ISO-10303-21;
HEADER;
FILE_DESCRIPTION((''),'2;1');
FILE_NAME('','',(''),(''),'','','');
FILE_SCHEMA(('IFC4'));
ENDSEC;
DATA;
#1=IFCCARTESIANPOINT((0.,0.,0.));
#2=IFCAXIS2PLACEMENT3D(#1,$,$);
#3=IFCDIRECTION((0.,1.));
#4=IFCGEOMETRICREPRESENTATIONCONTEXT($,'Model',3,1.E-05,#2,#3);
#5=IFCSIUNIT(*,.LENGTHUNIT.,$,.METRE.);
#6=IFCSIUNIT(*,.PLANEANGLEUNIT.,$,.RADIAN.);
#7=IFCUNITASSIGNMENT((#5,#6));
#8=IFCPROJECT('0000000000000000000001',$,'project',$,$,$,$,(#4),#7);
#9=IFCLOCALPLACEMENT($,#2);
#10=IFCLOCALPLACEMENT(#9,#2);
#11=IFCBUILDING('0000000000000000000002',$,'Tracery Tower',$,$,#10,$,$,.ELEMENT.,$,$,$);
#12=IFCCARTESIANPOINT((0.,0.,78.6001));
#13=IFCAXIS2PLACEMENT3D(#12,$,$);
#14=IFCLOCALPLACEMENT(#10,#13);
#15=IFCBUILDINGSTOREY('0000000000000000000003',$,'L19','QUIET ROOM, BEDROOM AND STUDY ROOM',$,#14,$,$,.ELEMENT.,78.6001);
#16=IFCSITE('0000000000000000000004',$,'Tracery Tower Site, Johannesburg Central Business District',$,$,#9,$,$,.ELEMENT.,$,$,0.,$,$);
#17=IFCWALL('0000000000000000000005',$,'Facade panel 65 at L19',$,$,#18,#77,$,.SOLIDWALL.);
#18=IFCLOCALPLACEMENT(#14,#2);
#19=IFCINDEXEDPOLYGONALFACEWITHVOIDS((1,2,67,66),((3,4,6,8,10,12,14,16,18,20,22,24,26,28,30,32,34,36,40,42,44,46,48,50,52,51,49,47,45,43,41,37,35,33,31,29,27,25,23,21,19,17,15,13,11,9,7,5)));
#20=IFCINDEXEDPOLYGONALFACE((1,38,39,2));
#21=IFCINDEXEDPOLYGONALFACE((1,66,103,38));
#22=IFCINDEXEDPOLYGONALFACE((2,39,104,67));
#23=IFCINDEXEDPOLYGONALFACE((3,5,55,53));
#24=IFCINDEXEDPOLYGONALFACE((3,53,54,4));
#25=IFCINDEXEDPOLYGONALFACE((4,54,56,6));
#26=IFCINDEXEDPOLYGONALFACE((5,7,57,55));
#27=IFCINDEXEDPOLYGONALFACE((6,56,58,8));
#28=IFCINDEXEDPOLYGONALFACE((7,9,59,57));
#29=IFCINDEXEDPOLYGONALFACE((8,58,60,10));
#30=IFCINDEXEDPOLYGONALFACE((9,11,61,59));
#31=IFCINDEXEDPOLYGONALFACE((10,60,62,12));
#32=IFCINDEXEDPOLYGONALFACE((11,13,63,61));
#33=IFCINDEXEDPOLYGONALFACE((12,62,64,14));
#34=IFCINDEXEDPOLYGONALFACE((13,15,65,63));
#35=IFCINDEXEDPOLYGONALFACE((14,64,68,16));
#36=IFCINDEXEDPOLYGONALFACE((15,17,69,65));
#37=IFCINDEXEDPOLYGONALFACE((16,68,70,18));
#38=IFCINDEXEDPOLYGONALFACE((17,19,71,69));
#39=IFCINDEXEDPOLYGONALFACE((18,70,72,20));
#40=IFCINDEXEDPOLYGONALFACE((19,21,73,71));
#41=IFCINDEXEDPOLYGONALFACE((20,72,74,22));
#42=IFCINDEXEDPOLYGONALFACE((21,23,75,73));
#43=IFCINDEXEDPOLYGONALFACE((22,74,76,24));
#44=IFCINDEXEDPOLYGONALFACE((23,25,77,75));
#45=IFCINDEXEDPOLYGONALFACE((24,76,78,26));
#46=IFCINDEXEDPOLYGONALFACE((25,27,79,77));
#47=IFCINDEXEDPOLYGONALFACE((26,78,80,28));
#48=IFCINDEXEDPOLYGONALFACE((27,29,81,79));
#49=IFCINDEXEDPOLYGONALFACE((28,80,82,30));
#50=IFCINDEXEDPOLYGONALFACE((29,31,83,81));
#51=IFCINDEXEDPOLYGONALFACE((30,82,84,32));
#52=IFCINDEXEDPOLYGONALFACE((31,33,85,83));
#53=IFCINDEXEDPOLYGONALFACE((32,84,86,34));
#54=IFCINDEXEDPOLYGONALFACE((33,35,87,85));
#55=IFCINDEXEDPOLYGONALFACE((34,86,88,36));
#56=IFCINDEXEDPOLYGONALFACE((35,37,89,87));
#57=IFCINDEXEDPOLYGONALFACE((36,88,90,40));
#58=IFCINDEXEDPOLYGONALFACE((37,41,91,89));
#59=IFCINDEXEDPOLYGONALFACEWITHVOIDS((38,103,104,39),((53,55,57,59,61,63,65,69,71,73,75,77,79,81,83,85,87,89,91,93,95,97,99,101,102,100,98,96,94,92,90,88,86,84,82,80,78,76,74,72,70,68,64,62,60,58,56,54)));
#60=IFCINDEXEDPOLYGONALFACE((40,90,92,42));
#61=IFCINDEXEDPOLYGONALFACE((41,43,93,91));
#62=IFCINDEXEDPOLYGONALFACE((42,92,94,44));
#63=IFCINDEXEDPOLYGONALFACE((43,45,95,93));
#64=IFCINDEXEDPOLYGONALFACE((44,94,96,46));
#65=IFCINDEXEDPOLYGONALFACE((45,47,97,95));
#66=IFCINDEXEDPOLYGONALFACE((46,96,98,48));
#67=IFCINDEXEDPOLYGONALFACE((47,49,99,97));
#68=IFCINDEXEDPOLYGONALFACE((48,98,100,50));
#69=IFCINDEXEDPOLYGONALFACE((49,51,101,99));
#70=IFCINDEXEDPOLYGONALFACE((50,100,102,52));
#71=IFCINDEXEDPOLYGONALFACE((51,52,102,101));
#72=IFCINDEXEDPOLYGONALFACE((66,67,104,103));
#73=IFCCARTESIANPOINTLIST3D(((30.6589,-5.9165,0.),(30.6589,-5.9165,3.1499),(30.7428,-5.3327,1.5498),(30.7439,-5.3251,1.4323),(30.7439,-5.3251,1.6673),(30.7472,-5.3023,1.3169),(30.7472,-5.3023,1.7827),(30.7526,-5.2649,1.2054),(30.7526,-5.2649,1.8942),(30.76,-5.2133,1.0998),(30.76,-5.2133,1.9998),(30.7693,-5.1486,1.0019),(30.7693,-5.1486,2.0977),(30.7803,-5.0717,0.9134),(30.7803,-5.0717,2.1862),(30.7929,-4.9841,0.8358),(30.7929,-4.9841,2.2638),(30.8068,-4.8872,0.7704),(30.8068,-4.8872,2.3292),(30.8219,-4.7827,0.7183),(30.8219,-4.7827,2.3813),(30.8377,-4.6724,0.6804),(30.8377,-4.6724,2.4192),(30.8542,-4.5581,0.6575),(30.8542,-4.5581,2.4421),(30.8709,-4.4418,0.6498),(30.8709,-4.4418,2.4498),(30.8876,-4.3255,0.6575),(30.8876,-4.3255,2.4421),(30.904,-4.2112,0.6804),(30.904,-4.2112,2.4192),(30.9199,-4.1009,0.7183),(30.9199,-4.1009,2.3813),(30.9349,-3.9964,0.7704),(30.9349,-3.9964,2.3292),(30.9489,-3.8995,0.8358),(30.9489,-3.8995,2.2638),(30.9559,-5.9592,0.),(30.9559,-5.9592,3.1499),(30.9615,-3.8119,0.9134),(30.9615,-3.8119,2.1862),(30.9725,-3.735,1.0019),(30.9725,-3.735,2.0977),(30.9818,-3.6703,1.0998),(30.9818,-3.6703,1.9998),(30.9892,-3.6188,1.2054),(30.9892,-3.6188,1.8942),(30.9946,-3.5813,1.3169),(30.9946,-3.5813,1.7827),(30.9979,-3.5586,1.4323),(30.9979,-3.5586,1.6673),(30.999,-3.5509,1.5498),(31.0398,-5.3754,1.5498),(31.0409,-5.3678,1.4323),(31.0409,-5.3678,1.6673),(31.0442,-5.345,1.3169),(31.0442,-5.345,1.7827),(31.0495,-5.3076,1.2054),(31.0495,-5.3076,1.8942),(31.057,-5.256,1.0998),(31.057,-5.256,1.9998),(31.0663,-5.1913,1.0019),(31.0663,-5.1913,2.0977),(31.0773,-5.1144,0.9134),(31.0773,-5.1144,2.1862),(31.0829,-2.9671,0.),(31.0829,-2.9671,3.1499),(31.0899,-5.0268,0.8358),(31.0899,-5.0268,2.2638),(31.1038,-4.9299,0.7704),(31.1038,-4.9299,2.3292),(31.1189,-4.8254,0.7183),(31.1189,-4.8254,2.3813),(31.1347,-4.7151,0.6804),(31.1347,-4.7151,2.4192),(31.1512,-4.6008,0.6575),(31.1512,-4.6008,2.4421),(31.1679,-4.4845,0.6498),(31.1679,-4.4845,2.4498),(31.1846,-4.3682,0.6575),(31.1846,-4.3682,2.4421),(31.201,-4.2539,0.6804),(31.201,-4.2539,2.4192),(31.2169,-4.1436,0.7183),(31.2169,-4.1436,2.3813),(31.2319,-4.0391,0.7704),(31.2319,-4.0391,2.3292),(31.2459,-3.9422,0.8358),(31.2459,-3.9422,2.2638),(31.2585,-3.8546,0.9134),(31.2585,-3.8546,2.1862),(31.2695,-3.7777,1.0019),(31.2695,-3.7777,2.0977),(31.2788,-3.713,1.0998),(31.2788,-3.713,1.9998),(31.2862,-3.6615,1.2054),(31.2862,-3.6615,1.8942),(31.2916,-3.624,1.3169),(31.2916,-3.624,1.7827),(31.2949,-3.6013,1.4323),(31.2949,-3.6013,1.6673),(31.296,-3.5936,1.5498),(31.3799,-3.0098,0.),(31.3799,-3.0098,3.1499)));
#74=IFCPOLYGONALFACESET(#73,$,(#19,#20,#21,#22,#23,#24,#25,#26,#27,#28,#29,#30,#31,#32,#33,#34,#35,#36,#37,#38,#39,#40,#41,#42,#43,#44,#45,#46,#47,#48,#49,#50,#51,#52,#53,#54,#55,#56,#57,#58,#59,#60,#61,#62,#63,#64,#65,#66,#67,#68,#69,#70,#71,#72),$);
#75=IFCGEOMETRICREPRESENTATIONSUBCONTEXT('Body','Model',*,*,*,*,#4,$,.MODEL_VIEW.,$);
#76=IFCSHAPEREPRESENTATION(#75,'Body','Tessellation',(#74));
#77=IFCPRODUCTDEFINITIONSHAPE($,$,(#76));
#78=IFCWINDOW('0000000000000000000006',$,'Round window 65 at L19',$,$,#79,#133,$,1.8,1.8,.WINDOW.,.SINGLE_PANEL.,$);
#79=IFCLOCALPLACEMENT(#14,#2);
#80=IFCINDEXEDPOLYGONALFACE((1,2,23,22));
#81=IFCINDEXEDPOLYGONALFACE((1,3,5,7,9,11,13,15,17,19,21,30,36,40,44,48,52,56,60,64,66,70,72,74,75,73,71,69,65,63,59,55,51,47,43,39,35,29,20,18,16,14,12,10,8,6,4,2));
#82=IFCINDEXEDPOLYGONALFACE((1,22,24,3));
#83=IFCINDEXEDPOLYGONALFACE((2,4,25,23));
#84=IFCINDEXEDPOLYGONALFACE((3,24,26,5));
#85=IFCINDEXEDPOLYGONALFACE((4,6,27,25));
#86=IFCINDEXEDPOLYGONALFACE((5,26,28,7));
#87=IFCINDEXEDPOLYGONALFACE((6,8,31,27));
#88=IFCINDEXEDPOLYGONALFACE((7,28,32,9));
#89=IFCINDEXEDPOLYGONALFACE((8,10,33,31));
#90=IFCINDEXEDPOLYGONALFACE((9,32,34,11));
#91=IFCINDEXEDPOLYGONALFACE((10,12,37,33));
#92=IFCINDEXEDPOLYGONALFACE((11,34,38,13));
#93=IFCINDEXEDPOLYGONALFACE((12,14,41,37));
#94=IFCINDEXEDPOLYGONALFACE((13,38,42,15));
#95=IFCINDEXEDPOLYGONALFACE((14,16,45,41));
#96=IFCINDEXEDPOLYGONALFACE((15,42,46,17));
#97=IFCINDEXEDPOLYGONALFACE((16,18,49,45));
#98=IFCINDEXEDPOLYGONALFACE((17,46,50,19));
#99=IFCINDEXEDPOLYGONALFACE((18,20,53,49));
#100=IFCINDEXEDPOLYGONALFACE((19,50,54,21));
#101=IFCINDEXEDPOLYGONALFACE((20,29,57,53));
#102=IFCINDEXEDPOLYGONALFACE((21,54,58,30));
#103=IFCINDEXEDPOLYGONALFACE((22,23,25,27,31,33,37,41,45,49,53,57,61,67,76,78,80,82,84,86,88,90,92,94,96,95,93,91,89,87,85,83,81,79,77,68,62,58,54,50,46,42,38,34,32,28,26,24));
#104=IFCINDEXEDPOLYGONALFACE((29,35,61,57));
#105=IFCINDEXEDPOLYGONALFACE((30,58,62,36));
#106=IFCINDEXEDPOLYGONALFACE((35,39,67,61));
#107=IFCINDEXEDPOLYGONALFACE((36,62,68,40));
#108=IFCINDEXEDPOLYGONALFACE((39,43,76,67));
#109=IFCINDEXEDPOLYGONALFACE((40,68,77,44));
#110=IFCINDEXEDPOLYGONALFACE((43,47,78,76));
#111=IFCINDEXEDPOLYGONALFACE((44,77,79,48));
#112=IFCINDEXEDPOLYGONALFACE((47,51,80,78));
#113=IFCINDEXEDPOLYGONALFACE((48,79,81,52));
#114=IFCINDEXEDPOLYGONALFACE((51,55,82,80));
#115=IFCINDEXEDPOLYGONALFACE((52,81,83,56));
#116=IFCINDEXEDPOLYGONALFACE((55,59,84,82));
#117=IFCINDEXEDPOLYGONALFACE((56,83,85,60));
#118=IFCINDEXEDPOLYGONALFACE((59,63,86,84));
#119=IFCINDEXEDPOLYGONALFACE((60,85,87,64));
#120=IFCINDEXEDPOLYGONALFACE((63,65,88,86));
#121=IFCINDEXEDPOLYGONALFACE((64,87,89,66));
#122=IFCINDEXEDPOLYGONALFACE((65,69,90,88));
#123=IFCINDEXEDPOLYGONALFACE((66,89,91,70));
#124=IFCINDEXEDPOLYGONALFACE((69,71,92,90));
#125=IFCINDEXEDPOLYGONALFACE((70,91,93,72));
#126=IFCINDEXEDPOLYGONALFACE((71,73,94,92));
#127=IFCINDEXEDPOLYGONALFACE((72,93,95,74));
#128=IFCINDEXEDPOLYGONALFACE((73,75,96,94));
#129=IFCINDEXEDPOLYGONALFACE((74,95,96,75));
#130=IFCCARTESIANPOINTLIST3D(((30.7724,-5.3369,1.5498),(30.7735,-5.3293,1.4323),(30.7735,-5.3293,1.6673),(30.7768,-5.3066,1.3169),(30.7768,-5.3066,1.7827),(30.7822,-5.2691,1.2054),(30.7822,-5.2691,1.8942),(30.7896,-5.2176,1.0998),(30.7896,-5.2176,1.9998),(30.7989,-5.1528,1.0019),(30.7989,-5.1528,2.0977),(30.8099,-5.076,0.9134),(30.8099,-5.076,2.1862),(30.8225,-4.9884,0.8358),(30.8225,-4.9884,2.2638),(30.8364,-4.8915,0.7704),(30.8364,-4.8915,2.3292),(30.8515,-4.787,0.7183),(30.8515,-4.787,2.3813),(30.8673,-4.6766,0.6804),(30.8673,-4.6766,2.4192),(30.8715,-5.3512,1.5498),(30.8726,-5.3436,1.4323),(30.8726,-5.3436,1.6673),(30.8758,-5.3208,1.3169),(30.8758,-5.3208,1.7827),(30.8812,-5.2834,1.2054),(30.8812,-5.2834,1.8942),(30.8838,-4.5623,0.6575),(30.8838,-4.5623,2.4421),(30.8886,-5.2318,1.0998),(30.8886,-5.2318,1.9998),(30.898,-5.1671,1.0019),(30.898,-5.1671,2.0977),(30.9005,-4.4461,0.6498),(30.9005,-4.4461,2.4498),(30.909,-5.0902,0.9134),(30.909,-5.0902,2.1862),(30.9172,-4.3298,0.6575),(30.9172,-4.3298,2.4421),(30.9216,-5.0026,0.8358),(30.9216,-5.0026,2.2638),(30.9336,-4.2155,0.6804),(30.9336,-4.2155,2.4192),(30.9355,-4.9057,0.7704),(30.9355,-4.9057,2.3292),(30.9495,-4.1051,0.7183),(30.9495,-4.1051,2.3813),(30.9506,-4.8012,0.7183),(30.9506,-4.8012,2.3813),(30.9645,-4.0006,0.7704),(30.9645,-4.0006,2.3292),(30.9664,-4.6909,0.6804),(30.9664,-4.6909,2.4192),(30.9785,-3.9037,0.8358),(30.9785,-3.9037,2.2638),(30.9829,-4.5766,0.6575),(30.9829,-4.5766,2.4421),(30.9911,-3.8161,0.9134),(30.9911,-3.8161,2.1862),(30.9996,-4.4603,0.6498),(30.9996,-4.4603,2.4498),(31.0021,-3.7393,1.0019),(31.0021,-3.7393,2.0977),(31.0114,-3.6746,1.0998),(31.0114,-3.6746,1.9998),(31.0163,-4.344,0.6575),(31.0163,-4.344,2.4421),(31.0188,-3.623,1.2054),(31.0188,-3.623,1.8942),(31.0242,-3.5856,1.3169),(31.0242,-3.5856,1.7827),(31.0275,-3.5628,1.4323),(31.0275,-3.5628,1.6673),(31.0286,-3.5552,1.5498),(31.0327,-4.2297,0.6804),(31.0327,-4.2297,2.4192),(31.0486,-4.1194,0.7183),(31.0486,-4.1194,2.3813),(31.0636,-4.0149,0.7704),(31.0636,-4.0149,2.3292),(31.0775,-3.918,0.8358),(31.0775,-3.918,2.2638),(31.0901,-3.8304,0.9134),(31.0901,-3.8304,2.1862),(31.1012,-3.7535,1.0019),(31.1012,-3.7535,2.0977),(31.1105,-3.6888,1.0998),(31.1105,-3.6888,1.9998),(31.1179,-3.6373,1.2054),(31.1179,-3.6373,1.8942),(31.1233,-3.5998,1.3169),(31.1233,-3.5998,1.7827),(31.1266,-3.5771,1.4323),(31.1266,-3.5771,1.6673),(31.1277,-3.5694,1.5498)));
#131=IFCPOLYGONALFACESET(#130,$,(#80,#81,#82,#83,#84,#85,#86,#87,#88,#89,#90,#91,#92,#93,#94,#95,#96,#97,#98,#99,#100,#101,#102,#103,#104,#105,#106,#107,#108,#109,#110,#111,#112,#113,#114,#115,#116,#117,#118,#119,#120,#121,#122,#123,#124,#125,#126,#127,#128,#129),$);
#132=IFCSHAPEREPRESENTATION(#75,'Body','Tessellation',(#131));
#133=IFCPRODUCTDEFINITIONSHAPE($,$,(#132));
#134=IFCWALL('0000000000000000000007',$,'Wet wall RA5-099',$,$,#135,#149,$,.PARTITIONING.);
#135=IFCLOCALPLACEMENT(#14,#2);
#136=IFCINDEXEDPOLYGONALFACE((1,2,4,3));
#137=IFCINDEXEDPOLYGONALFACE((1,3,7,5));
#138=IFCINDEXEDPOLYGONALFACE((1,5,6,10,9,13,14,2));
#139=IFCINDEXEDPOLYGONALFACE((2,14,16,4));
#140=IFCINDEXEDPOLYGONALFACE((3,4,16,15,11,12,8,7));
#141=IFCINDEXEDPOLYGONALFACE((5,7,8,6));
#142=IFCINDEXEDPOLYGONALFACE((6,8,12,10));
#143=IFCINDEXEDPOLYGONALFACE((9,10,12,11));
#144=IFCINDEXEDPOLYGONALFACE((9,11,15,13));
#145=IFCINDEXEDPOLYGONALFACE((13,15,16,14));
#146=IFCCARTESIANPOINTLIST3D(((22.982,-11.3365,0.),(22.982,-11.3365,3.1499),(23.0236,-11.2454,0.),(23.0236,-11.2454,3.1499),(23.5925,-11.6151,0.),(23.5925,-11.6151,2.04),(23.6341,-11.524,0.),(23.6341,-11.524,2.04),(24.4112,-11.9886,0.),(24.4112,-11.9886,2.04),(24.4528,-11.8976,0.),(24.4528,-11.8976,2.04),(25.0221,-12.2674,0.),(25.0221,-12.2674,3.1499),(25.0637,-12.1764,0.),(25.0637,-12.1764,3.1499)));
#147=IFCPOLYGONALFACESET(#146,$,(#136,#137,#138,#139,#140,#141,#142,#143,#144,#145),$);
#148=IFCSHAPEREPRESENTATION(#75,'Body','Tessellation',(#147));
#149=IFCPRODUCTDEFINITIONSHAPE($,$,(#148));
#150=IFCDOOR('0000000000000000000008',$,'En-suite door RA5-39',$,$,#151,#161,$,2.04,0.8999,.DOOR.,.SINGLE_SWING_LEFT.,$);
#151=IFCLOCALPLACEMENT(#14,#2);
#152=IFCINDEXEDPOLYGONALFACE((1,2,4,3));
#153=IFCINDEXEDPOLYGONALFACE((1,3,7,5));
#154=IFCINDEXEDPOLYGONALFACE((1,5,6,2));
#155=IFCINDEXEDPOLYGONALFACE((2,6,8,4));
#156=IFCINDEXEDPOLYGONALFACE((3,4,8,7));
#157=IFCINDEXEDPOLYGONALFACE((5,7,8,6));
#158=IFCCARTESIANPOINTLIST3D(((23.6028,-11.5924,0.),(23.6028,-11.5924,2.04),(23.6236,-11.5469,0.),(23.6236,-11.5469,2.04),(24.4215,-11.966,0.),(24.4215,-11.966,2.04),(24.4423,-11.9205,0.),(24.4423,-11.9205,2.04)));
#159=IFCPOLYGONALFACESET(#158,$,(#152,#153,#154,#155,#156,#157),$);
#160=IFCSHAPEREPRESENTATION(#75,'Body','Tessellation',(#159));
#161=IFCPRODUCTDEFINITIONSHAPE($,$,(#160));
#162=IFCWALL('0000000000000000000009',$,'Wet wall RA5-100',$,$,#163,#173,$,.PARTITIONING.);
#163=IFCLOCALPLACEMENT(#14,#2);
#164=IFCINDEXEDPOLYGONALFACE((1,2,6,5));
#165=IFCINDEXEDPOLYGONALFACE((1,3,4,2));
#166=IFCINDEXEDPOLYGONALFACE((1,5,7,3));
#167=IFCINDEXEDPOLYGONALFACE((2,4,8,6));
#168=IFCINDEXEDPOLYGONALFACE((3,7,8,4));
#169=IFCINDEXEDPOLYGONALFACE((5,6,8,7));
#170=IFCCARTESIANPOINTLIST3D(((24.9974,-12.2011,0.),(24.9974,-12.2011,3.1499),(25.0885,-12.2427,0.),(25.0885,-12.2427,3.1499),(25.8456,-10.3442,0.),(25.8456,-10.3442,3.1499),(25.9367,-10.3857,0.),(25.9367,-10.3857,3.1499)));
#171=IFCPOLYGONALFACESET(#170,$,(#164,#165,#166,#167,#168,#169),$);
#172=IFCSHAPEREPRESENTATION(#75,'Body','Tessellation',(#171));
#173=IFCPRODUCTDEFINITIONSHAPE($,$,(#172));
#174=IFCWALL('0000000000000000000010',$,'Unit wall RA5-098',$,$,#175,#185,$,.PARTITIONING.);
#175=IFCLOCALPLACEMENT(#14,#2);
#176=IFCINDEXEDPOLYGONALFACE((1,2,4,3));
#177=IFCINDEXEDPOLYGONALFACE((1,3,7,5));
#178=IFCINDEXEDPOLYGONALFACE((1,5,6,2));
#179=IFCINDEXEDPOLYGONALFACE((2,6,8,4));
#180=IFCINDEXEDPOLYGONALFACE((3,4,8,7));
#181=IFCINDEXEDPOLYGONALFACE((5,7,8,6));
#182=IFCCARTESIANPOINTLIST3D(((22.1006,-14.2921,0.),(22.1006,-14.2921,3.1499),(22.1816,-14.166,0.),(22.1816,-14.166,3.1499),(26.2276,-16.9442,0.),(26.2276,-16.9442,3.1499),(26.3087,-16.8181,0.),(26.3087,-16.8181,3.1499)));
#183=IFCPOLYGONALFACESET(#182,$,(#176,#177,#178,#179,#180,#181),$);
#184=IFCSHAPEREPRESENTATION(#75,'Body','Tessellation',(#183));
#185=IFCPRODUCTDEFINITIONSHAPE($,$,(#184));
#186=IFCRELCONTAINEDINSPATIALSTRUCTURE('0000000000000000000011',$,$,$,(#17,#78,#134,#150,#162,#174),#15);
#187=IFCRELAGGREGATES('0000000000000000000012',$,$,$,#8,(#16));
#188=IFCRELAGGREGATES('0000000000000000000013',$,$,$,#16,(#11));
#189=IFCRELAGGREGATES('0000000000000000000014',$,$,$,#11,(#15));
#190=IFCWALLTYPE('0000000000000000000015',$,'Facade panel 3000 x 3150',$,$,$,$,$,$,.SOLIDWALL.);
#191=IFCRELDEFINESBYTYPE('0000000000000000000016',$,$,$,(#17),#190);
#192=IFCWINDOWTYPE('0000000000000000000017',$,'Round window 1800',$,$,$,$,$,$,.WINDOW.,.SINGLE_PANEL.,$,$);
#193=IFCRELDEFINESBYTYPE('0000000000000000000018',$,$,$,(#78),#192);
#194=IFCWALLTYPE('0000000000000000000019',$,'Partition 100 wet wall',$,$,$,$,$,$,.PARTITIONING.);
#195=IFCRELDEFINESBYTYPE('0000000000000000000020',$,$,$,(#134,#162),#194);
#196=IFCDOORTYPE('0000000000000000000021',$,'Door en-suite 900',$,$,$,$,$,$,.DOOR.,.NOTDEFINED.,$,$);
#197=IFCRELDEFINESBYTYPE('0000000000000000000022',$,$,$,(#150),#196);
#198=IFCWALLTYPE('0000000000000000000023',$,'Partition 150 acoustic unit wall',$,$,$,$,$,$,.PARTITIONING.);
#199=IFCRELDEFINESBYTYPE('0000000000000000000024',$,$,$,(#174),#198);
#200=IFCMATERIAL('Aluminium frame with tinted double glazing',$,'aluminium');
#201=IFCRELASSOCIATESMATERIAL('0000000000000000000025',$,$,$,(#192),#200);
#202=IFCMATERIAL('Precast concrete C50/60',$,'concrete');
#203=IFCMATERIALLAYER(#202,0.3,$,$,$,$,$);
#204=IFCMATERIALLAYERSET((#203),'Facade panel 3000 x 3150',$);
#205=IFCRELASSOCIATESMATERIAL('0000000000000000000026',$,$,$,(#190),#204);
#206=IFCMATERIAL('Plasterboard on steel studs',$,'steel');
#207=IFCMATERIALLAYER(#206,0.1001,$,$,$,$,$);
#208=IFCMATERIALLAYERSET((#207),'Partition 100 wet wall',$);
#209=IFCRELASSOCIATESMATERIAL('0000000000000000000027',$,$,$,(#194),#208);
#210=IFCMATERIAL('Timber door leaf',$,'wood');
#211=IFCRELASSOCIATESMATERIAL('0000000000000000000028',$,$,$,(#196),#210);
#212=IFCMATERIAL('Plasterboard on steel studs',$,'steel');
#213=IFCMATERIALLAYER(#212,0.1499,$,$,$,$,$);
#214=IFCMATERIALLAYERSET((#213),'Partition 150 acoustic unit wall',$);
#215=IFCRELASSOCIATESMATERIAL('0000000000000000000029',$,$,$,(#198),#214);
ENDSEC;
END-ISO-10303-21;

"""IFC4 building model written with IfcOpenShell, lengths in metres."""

from ifc_helpers import new_model, si_unit, direction, frame, frame_2d, origin, origin_2d, place, context, subcontext, project, spatial, rectangle, circle, extrude, material, layer, layer_set, type_object, element, fill, save


model = new_model("IFC4")

# Units and contexts
model_context = context("Model", 3, precision=1e-05, world=origin(), true_north=direction((0.0, 1.0)))
body_context = subcontext(model_context, "Body", "Model", "MODEL_VIEW")
ifc_project = project(units=[si_unit("LENGTHUNIT", "METRE"), si_unit("PLANEANGLEUNIT", "RADIAN")], contexts=[model_context])

# Site, building, storey
site_placement = place(None, origin())
site = spatial("IfcSite", under=ifc_project, at=site_placement, Name="Tracery Tower Site, Johannesburg Central Business District", CompositionType="ELEMENT", RefElevation=0.0)
building_placement = place(site_placement, origin())
building = spatial("IfcBuilding", under=site, at=building_placement, Name="Tracery Tower", CompositionType="ELEMENT")
storey_placement = place(building_placement, frame((0.0, 0.0, 78.6001)))
storey = spatial("IfcBuildingStorey", under=building, at=storey_placement, Name="L19", Description="QUIET ROOM, BEDROOM AND STUDY ROOM", CompositionType="ELEMENT", Elevation=78.6001)

# Wall, opening, window
ifc_material_1 = material(Name="Aluminium frame with tinted double glazing", Category="aluminium")
window_type = type_object("IfcWindowType", Name="Round window 1800", PartitioningType="SINGLE_PANEL", PredefinedType="WINDOW", material=ifc_material_1)
ifc_material_2 = material(Name="Precast concrete C50/60", Category="concrete")
ifc_layer_1 = layer(ifc_material_2, 0.3)
ifc_layer_set_1 = layer_set([ifc_layer_1], Name="Facade panel 3000 x 3150")
wall_type_1 = type_object("IfcWallType", Name="Facade panel 3000 x 3150", PredefinedType="SOLIDWALL", material=ifc_layer_set_1)
wall_1_placement = place(storey_placement, frame((30.8074, -5.9377, 0.0), z_axis=(0.0, 0.0, 1.0), x_axis=(0.142316, 0.989821, 0.0)))
wall_1 = element("IfcWall", 1, at=wall_1_placement, inside=storey, type_object=wall_type_1, Name="Facade panel 65 at L19", PredefinedType="SOLIDWALL", context=body_context, shape_type="SweptSolid", body=[
    extrude(rectangle(XDim=2.9797, YDim=0.3, at=frame_2d((1.4897, 0.0))), origin(), (0.0, 0.0, 1.0), 3.1499),
])
opening_1_placement = place(wall_1_placement, frame((1.4897, 0.0, 1.5498)))
opening_1 = element("IfcOpeningElement", 2, at=opening_1_placement, cuts=wall_1, PredefinedType="OPENING", context=body_context, shape_type="SweptSolid", body=[
    extrude(circle(Radius=0.9, at=origin_2d()), frame((0.0, 0.1599, 0.0), z_axis=(0.0, -1.0, 0.0), x_axis=(1.0, 0.0, 0.0)), (0.0, 0.0, 1.0), 0.3201),
])
window_1_placement = place(opening_1_placement, origin())
window_1 = element("IfcWindow", 3, at=window_1_placement, inside=storey, type_object=window_type, Name="Round window 65 at L19", OverallHeight=1.8, OverallWidth=1.8, PartitioningType="SINGLE_PANEL", PredefinedType="WINDOW", context=body_context, shape_type="SweptSolid", body=[
    extrude(circle(Radius=0.9, at=origin_2d()), frame((0.0, 0.1201, 0.0), z_axis=(0.0, -1.0, 0.0), x_axis=(1.0, 0.0, 0.0)), (0.0, 0.0, 1.0), 0.1001),
])
fill(opening_1, window_1)

# Wall, opening, door
ifc_material_3 = material(Name="Plasterboard on steel studs", Category="steel")
ifc_layer_2 = layer(ifc_material_3, 0.1001)
ifc_layer_set_2 = layer_set([ifc_layer_2], Name="Partition 100 wet wall")
wall_type_2 = type_object("IfcWallType", Name="Partition 100 wet wall", PredefinedType="PARTITIONING", material=ifc_layer_set_2)
wall_2_placement = place(storey_placement, frame((23.0029, -11.291, 0.0), z_axis=(0.0, 0.0, 1.0), x_axis=(0.909758, -0.41514, 0.0)))
wall_2 = element("IfcWall", 4, at=wall_2_placement, inside=storey, type_object=wall_type_2, Name="Wet wall RA5-099", PredefinedType="PARTITIONING", context=body_context, shape_type="SweptSolid", body=[
    extrude(rectangle(XDim=2.2424, YDim=0.1001, at=frame_2d((1.1211, 0.0))), origin(), (0.0, 0.0, 1.0), 3.1499),
])
opening_2_placement = place(wall_2_placement, frame((0.6709, 0.0, 0.0)))
opening_2 = element("IfcOpeningElement", 5, at=opening_2_placement, cuts=wall_2, PredefinedType="OPENING", context=body_context, shape_type="SweptSolid", body=[
    extrude(rectangle(XDim=0.8999, YDim=2.04, at=frame_2d((0.45, 1.02))), frame((0.0, 0.05, 0.0), z_axis=(0.0, -1.0, 0.0), x_axis=(1.0, 0.0, 0.0)), (0.0, 0.0, 1.0), 0.1001),
])
ifc_material_4 = material(Name="Timber door leaf", Category="wood")
door_type_1 = type_object("IfcDoorType", Name="Door en-suite 900", OperationType="NOTDEFINED", PredefinedType="DOOR", material=ifc_material_4)
door_1_placement = place(opening_2_placement, origin())
door_1 = element("IfcDoor", 6, at=door_1_placement, inside=storey, type_object=door_type_1, Name="En-suite door RA5-39", OperationType="SINGLE_SWING_LEFT", OverallHeight=2.04, OverallWidth=0.8999, PredefinedType="DOOR", context=body_context, shape_type="SweptSolid", body=[
    extrude(rectangle(XDim=0.8999, YDim=2.04, at=frame_2d((0.45, 1.02))), frame((0.0, 0.0249, 0.0), z_axis=(0.0, -1.0, 0.0), x_axis=(1.0, 0.0, 0.0)), (0.0, 0.0, 1.0), 0.05),
])
fill(opening_2, door_1)

# Walls
wall_3_placement = place(storey_placement, frame((25.043, -12.2219, 0.0), z_axis=(0.0, 0.0, 1.0), x_axis=(0.41546, 0.909611, 0.0)))
element("IfcWall", 7, at=wall_3_placement, inside=storey, type_object=wall_type_2, Name="Wet wall RA5-100", PredefinedType="PARTITIONING", context=body_context, shape_type="SweptSolid", body=[
    extrude(rectangle(XDim=2.0415, YDim=0.1001, at=frame_2d((1.0208, 0.0))), origin(), (0.0, 0.0, 1.0), 3.1499),
])
ifc_material_5 = material(Name="Plasterboard on steel studs", Category="steel")
ifc_layer_3 = layer(ifc_material_5, 0.1499)
ifc_layer_set_3 = layer_set([ifc_layer_3], Name="Partition 150 acoustic unit wall")
wall_type_3 = type_object("IfcWallType", Name="Partition 150 acoustic unit wall", PredefinedType="PARTITIONING", material=ifc_layer_set_3)
wall_4_placement = place(storey_placement, frame((22.1411, -14.229, 0.0), z_axis=(0.0, 0.0, 1.0), x_axis=(0.841266, -0.540622, 0.0)))
element("IfcWall", 8, at=wall_4_placement, inside=storey, type_object=wall_type_3, Name="Unit wall RA5-098", PredefinedType="PARTITIONING", context=body_context, shape_type="SweptSolid", body=[
    extrude(rectangle(XDim=4.9058, YDim=0.1499, at=frame_2d((2.4529, 0.0))), origin(), (0.0, 0.0, 1.0), 3.1499),
])

save(model, "model.ifc")
